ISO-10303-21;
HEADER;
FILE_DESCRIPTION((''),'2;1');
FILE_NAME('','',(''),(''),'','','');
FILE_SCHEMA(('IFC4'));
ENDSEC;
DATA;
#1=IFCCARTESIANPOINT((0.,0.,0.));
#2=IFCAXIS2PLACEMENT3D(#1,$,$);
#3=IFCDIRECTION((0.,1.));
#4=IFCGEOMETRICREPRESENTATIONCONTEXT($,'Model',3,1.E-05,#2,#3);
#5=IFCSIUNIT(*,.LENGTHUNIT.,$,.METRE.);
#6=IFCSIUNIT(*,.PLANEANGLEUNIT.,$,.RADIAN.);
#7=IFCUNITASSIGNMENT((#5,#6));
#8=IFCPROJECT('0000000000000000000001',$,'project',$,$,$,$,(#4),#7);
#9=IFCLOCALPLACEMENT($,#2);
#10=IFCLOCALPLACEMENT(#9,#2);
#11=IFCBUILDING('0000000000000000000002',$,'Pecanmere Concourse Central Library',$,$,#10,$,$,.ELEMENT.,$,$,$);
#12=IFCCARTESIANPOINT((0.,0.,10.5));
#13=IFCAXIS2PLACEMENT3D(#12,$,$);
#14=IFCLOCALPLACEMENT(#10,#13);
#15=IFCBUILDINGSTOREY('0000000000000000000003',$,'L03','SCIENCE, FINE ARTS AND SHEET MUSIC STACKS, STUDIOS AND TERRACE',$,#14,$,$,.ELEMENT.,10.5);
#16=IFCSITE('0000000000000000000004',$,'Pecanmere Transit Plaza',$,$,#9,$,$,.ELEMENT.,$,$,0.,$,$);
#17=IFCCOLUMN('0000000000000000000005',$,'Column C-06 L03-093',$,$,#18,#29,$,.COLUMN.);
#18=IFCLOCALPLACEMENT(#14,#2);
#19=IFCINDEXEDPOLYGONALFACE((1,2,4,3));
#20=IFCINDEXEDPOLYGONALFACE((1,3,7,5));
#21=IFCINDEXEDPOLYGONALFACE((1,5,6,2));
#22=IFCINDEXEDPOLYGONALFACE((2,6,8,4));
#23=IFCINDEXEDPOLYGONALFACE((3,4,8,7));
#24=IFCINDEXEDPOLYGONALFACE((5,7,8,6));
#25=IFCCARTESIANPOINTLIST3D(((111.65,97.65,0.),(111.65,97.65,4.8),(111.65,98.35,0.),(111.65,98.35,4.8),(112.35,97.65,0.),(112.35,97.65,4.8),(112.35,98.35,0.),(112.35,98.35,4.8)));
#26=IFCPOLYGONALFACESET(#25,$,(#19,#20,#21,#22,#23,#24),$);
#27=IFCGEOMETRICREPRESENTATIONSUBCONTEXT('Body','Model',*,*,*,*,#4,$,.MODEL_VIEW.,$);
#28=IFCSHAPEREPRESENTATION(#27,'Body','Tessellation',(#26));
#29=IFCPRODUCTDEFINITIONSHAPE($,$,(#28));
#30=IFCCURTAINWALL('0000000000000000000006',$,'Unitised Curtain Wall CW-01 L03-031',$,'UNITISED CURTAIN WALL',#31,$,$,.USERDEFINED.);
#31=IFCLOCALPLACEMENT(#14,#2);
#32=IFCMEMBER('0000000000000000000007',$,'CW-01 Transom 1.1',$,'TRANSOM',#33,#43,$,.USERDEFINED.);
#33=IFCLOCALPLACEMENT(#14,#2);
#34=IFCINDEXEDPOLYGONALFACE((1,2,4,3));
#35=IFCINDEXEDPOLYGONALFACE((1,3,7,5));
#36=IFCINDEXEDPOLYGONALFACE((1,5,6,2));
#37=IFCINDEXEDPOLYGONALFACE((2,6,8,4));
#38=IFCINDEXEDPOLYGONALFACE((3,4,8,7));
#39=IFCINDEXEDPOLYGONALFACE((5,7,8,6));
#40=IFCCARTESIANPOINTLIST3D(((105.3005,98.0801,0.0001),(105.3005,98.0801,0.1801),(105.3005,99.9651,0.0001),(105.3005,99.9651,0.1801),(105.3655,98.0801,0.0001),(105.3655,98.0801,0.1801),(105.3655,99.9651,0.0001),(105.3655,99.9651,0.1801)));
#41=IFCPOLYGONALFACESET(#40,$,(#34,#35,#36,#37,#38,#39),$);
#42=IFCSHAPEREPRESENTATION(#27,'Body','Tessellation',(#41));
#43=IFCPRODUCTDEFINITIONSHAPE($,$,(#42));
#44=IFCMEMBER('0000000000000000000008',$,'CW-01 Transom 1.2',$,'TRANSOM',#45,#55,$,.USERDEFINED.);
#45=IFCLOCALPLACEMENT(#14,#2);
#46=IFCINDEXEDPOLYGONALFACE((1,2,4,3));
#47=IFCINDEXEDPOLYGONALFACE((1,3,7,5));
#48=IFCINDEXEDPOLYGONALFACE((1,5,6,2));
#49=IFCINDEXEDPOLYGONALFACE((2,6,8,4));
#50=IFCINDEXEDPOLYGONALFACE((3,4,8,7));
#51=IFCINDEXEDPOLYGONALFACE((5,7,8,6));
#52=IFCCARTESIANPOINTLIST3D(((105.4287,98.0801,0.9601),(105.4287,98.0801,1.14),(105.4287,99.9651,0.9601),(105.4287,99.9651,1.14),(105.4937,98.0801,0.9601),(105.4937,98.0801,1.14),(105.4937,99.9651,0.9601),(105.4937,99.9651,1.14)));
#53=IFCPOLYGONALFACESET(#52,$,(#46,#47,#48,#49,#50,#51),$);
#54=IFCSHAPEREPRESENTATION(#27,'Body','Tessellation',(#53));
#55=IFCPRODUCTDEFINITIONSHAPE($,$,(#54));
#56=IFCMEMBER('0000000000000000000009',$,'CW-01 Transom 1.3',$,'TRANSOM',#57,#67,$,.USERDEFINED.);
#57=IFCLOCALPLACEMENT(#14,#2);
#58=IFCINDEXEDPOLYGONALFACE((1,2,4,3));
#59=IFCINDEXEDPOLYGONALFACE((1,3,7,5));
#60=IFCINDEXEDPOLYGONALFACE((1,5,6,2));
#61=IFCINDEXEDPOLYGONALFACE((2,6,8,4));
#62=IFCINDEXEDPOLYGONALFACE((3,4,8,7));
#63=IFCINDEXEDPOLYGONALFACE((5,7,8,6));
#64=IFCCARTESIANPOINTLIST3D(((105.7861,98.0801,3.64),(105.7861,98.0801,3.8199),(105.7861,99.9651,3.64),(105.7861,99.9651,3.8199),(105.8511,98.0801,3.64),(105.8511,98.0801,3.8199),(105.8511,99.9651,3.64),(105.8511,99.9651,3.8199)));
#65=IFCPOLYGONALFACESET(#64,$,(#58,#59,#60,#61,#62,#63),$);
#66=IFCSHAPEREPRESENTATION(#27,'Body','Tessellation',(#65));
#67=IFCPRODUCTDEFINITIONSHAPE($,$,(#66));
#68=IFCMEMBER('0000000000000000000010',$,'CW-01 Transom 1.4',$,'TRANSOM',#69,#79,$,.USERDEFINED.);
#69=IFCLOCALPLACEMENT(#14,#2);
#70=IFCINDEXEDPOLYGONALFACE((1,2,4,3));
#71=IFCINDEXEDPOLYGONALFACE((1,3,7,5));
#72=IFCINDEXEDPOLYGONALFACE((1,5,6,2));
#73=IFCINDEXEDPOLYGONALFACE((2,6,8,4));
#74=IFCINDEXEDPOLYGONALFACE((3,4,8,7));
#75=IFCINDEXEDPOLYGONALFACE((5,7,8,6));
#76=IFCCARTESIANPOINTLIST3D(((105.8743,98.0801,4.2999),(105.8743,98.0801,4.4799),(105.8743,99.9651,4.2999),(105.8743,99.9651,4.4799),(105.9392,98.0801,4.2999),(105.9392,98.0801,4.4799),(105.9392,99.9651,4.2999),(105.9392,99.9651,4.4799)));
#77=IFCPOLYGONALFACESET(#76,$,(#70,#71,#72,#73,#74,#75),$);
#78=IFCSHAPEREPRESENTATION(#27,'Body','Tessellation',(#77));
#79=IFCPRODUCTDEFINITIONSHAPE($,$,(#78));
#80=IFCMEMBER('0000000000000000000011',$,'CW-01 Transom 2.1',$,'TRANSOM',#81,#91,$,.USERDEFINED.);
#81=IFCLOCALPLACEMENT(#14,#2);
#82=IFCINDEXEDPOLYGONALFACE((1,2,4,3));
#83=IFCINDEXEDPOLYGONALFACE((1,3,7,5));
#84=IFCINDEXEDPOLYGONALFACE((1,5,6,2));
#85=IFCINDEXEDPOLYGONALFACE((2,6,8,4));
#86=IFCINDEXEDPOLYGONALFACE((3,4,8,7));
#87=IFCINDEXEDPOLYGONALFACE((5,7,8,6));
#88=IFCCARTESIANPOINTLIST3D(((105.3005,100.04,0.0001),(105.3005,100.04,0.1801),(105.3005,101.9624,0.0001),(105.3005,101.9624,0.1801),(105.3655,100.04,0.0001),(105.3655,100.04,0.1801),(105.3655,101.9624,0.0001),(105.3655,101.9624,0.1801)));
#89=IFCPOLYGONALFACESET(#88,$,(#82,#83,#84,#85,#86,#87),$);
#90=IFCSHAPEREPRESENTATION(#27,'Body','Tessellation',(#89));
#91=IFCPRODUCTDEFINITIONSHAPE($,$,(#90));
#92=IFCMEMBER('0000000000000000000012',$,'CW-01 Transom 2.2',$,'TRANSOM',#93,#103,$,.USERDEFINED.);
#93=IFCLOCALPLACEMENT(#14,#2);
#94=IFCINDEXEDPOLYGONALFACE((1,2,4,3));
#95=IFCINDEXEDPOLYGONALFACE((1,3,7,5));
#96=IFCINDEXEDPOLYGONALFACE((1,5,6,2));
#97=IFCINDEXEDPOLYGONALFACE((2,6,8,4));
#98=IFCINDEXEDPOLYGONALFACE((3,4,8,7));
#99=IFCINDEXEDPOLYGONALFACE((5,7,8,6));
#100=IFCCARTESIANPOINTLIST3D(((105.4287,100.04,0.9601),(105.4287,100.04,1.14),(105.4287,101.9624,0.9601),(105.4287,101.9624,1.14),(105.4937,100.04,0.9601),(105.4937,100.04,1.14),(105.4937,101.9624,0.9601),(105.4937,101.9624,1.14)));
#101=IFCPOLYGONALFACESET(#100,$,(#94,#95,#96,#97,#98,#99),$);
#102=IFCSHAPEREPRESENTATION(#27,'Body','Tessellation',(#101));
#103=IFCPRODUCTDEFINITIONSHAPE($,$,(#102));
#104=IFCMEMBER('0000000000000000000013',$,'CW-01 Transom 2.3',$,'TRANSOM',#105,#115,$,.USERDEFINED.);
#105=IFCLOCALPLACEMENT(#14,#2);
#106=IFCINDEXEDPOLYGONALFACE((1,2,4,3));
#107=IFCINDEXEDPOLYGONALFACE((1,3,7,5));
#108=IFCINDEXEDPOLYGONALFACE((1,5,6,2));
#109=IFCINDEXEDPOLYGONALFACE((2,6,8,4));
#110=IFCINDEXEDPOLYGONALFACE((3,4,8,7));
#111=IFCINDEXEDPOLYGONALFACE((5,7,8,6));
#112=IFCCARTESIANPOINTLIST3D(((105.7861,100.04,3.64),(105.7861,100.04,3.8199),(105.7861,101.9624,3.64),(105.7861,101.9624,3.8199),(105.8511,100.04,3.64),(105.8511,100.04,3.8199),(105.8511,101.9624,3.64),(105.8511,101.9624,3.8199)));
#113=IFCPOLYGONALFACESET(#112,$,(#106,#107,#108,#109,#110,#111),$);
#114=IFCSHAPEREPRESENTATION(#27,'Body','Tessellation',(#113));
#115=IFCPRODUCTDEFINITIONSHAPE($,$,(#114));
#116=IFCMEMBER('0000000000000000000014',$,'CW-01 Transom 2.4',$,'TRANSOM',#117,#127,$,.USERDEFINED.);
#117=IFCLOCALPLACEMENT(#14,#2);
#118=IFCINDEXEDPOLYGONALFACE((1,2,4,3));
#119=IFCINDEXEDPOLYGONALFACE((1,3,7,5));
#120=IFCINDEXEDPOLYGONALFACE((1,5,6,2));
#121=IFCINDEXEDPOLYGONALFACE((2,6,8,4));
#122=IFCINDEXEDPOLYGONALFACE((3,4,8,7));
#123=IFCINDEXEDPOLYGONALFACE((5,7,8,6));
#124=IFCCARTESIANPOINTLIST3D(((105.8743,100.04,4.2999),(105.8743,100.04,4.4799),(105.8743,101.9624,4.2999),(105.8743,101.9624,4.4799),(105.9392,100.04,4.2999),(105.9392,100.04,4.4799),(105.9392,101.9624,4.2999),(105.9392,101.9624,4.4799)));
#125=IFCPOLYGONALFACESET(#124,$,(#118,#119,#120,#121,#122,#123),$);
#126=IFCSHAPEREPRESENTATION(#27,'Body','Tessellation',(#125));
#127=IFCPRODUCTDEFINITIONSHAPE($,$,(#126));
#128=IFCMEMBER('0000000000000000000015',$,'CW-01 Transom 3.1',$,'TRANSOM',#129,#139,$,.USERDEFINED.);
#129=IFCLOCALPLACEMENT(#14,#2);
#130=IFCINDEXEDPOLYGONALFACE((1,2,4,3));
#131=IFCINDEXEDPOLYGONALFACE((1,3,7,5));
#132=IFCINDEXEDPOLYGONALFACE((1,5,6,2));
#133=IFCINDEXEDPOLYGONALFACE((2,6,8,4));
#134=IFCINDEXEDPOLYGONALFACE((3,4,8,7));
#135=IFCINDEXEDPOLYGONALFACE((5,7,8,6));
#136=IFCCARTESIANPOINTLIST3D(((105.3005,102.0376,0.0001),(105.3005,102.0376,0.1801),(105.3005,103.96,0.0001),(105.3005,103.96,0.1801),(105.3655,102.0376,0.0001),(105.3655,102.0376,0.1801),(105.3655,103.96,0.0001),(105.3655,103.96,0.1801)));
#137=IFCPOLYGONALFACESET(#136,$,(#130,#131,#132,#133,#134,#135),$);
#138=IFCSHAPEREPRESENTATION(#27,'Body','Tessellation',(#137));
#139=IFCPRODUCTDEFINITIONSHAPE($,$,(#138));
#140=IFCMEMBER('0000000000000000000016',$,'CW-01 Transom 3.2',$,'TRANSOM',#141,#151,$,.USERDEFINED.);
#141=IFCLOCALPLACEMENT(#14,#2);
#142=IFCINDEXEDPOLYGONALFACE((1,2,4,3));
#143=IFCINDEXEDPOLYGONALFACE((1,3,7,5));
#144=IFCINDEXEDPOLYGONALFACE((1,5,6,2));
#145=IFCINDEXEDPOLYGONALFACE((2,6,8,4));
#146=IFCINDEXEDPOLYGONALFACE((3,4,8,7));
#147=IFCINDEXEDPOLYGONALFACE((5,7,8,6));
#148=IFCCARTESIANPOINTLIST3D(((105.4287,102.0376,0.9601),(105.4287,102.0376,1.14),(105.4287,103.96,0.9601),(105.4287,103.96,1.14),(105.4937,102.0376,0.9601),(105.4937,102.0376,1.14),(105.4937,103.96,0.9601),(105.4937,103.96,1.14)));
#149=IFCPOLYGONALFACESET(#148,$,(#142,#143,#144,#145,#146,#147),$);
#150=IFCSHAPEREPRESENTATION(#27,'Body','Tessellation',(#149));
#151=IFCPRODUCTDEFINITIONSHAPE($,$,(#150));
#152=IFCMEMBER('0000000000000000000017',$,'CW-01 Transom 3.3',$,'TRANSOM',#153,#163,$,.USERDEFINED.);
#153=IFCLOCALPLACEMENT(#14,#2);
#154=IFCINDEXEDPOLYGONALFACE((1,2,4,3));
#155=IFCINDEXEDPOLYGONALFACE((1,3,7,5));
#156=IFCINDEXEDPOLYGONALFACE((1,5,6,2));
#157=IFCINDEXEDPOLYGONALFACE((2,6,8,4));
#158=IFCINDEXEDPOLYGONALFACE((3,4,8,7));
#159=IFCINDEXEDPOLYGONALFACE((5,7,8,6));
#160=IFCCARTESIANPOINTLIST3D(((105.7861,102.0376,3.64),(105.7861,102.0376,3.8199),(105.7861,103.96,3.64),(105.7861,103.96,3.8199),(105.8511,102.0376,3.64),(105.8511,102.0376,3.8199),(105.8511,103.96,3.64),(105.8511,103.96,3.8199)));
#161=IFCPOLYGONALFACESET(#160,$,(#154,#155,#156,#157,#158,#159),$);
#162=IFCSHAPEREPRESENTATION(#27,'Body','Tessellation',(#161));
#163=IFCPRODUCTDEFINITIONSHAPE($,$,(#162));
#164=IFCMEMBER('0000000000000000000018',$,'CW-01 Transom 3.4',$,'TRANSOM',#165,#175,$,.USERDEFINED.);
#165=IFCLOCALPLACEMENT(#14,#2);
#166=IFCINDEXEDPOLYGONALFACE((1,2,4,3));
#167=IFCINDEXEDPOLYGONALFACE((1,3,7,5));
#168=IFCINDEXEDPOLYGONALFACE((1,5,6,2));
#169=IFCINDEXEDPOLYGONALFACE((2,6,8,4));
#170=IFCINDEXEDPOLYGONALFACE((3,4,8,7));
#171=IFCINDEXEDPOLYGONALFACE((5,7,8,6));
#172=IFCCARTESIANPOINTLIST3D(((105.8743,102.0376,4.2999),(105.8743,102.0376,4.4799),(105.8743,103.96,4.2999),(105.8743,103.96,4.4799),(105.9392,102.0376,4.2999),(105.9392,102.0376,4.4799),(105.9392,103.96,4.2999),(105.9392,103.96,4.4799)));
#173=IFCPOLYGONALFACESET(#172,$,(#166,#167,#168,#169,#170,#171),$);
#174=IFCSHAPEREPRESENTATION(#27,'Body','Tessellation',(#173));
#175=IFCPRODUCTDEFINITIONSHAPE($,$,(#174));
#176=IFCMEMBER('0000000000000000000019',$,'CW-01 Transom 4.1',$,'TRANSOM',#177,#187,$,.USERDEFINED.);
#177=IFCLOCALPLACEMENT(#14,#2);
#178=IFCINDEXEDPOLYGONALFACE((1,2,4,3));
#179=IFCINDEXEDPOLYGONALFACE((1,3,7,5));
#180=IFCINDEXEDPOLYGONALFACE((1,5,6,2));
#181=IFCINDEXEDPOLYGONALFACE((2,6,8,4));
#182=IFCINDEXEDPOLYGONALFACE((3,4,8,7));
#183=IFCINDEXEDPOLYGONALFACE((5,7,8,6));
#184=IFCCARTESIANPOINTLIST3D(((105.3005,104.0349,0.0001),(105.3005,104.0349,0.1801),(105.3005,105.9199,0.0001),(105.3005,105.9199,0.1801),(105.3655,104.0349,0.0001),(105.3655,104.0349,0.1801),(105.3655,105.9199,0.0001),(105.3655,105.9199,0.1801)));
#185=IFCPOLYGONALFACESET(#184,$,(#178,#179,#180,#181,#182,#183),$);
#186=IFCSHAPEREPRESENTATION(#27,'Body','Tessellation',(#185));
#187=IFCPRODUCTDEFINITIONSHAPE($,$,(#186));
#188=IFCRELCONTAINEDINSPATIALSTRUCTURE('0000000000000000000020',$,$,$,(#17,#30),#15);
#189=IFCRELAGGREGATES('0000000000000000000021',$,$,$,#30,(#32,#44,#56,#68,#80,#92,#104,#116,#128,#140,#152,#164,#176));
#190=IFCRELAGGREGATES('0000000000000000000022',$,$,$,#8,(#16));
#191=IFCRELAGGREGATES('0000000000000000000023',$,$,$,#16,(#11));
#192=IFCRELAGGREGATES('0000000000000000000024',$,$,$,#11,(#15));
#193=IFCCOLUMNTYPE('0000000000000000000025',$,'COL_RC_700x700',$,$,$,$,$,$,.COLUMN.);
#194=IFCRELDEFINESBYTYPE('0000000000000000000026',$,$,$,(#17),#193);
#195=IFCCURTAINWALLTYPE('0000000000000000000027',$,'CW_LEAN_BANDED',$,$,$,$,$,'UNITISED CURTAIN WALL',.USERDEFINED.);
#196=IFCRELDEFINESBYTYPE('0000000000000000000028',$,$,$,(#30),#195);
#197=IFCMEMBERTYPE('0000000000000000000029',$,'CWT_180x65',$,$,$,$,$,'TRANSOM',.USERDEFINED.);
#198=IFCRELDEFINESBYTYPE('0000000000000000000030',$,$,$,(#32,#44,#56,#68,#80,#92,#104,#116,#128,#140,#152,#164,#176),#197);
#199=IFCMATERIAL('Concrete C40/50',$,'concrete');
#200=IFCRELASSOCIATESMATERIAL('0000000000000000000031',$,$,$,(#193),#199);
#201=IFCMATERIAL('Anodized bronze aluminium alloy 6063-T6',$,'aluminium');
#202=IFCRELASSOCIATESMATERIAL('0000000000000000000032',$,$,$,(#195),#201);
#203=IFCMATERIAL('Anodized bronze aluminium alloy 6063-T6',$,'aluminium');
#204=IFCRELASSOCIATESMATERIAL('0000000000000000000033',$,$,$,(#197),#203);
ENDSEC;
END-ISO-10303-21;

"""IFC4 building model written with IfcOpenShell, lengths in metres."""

from ifc_helpers import new_model, si_unit, direction, frame, origin, origin_2d, place, context, subcontext, project, spatial, rectangle, extrude, material, material_profile, profile_set, type_object, element, aggregate, save


model = new_model("IFC4")

# Units and contexts
model_context = context("Model", 3, precision=1e-05, world=origin(), true_north=direction((0.0, 1.0)))
body_context = subcontext(model_context, "Body", "Model", "MODEL_VIEW")
ifc_project = project(units=[si_unit("LENGTHUNIT", "METRE"), si_unit("PLANEANGLEUNIT", "RADIAN")], contexts=[model_context])

# Site, building, storey
site_placement = place(None, origin())
site = spatial("IfcSite", under=ifc_project, at=site_placement, Name="Pecanmere Transit Plaza", CompositionType="ELEMENT", RefElevation=0.0)
building_placement = place(site_placement, origin())
building = spatial("IfcBuilding", under=site, at=building_placement, Name="Pecanmere Concourse Central Library", CompositionType="ELEMENT")
storey_placement = place(building_placement, frame((0.0, 0.0, 10.5)))
storey = spatial("IfcBuildingStorey", under=building, at=storey_placement, Name="L03", Description="SCIENCE, FINE ARTS AND SHEET MUSIC STACKS, STUDIOS AND TERRACE", CompositionType="ELEMENT", Elevation=10.5)

# Column
ifc_material_1 = material(Name="Concrete C40/50", Category="concrete")
ifc_material_profile_1 = material_profile(ifc_material_1, rectangle(XDim=0.7, YDim=0.7, at=origin_2d()), Name="RC 700x700")
ifc_profile_set_1 = profile_set([ifc_material_profile_1], Name="Concrete C40/50")
column_type = type_object("IfcColumnType", Name="COL_RC_700x700", PredefinedType="COLUMN", material=ifc_profile_set_1)
column_placement = place(storey_placement, frame((112.0, 98.0, 0.0), z_axis=(0.0, 0.0, 1.0), x_axis=(1.0, 0.0, 0.0)))
element("IfcColumn", 1, at=column_placement, inside=storey, type_object=column_type, Name="Column C-06 L03-093", PredefinedType="COLUMN", context=body_context, shape_type="SweptSolid", body=[
    extrude(rectangle(XDim=0.7, YDim=0.7, at=origin_2d()), origin(), (0.0, 0.0, 1.0), 4.8),
])

# Curtain wall, members
ifc_material_2 = material(Name="Anodized bronze aluminium alloy 6063-T6", Category="aluminium")
curtain_wall_type = type_object("IfcCurtainWallType", Name="CW_LEAN_BANDED", ElementType="UNITISED CURTAIN WALL", PredefinedType="USERDEFINED", material=ifc_material_2)
curtain_wall_placement = place(storey_placement, origin())
curtain_wall = element("IfcCurtainWall", 2, at=curtain_wall_placement, inside=storey, type_object=curtain_wall_type, Name="Unitised Curtain Wall CW-01 L03-031", ObjectType="UNITISED CURTAIN WALL", PredefinedType="USERDEFINED")
ifc_material_3 = material(Name="Anodized bronze aluminium alloy 6063-T6", Category="aluminium")
ifc_material_profile_2 = material_profile(ifc_material_3, rectangle(XDim=0.0649, YDim=0.1799, at=origin_2d()), Name="AL 65x180")
ifc_profile_set_2 = profile_set([ifc_material_profile_2], Name="Anodized bronze aluminium alloy 6063-T6")
member_type = type_object("IfcMemberType", Name="CWT_180x65", ElementType="TRANSOM", PredefinedType="USERDEFINED", material=ifc_profile_set_2)
member_1_placement = place(storey_placement, frame((105.333, 98.0801, 0.0901), z_axis=(0.0, 1.0, 0.0), x_axis=(-1.0, 0.0, 0.0)))
member_1 = element("IfcMember", 3, at=member_1_placement, type_object=member_type, Name="CW-01 Transom 1.1", ObjectType="TRANSOM", PredefinedType="USERDEFINED", context=body_context, shape_type="SweptSolid", body=[
    extrude(rectangle(XDim=0.0649, YDim=0.1799, at=origin_2d()), origin(), (0.0, 0.0, 1.0), 1.885),
])
member_2_placement = place(storey_placement, frame((105.4612, 98.0801, 1.05), z_axis=(0.0, 1.0, 0.0), x_axis=(-1.0, 0.0, 0.0)))
member_2 = element("IfcMember", 4, at=member_2_placement, type_object=member_type, Name="CW-01 Transom 1.2", ObjectType="TRANSOM", PredefinedType="USERDEFINED", context=body_context, shape_type="SweptSolid", body=[
    extrude(rectangle(XDim=0.0649, YDim=0.1799, at=origin_2d()), origin(), (0.0, 0.0, 1.0), 1.885),
])
member_3_placement = place(storey_placement, frame((105.8186, 98.0801, 3.73), z_axis=(0.0, 1.0, 0.0), x_axis=(-1.0, 0.0, 0.0)))
member_3 = element("IfcMember", 5, at=member_3_placement, type_object=member_type, Name="CW-01 Transom 1.3", ObjectType="TRANSOM", PredefinedType="USERDEFINED", context=body_context, shape_type="SweptSolid", body=[
    extrude(rectangle(XDim=0.0649, YDim=0.1799, at=origin_2d()), origin(), (0.0, 0.0, 1.0), 1.885),
])
member_4_placement = place(storey_placement, frame((105.9067, 98.0801, 4.3899), z_axis=(0.0, 1.0, 0.0), x_axis=(-1.0, 0.0, 0.0)))
member_4 = element("IfcMember", 6, at=member_4_placement, type_object=member_type, Name="CW-01 Transom 1.4", ObjectType="TRANSOM", PredefinedType="USERDEFINED", context=body_context, shape_type="SweptSolid", body=[
    extrude(rectangle(XDim=0.0649, YDim=0.1799, at=origin_2d()), origin(), (0.0, 0.0, 1.0), 1.885),
])
member_5_placement = place(storey_placement, frame((105.333, 100.04, 0.0901), z_axis=(0.0, 1.0, 0.0), x_axis=(-1.0, 0.0, 0.0)))
member_5 = element("IfcMember", 7, at=member_5_placement, type_object=member_type, Name="CW-01 Transom 2.1", ObjectType="TRANSOM", PredefinedType="USERDEFINED", context=body_context, shape_type="SweptSolid", body=[
    extrude(rectangle(XDim=0.0649, YDim=0.1799, at=origin_2d()), origin(), (0.0, 0.0, 1.0), 1.9224),
])
member_6_placement = place(storey_placement, frame((105.4612, 100.04, 1.05), z_axis=(0.0, 1.0, 0.0), x_axis=(-1.0, 0.0, 0.0)))
member_6 = element("IfcMember", 8, at=member_6_placement, type_object=member_type, Name="CW-01 Transom 2.2", ObjectType="TRANSOM", PredefinedType="USERDEFINED", context=body_context, shape_type="SweptSolid", body=[
    extrude(rectangle(XDim=0.0649, YDim=0.1799, at=origin_2d()), origin(), (0.0, 0.0, 1.0), 1.9224),
])
member_7_placement = place(storey_placement, frame((105.8186, 100.04, 3.73), z_axis=(0.0, 1.0, 0.0), x_axis=(-1.0, 0.0, 0.0)))
member_7 = element("IfcMember", 9, at=member_7_placement, type_object=member_type, Name="CW-01 Transom 2.3", ObjectType="TRANSOM", PredefinedType="USERDEFINED", context=body_context, shape_type="SweptSolid", body=[
    extrude(rectangle(XDim=0.0649, YDim=0.1799, at=origin_2d()), origin(), (0.0, 0.0, 1.0), 1.9224),
])
member_8_placement = place(storey_placement, frame((105.9067, 100.04, 4.3899), z_axis=(0.0, 1.0, 0.0), x_axis=(-1.0, 0.0, 0.0)))
member_8 = element("IfcMember", 10, at=member_8_placement, type_object=member_type, Name="CW-01 Transom 2.4", ObjectType="TRANSOM", PredefinedType="USERDEFINED", context=body_context, shape_type="SweptSolid", body=[
    extrude(rectangle(XDim=0.0649, YDim=0.1799, at=origin_2d()), origin(), (0.0, 0.0, 1.0), 1.9224),
])
member_9_placement = place(storey_placement, frame((105.333, 102.0376, 0.0901), z_axis=(0.0, 1.0, 0.0), x_axis=(-1.0, 0.0, 0.0)))
member_9 = element("IfcMember", 11, at=member_9_placement, type_object=member_type, Name="CW-01 Transom 3.1", ObjectType="TRANSOM", PredefinedType="USERDEFINED", context=body_context, shape_type="SweptSolid", body=[
    extrude(rectangle(XDim=0.0649, YDim=0.1799, at=origin_2d()), origin(), (0.0, 0.0, 1.0), 1.9224),
])
member_10_placement = place(storey_placement, frame((105.4612, 102.0376, 1.05), z_axis=(0.0, 1.0, 0.0), x_axis=(-1.0, 0.0, 0.0)))
member_10 = element("IfcMember", 12, at=member_10_placement, type_object=member_type, Name="CW-01 Transom 3.2", ObjectType="TRANSOM", PredefinedType="USERDEFINED", context=body_context, shape_type="SweptSolid", body=[
    extrude(rectangle(XDim=0.0649, YDim=0.1799, at=origin_2d()), origin(), (0.0, 0.0, 1.0), 1.9224),
])
member_11_placement = place(storey_placement, frame((105.8186, 102.0376, 3.73), z_axis=(0.0, 1.0, 0.0), x_axis=(-1.0, 0.0, 0.0)))
member_11 = element("IfcMember", 13, at=member_11_placement, type_object=member_type, Name="CW-01 Transom 3.3", ObjectType="TRANSOM", PredefinedType="USERDEFINED", context=body_context, shape_type="SweptSolid", body=[
    extrude(rectangle(XDim=0.0649, YDim=0.1799, at=origin_2d()), origin(), (0.0, 0.0, 1.0), 1.9224),
])
member_12_placement = place(storey_placement, frame((105.9067, 102.0376, 4.3899), z_axis=(0.0, 1.0, 0.0), x_axis=(-1.0, 0.0, 0.0)))
member_12 = element("IfcMember", 14, at=member_12_placement, type_object=member_type, Name="CW-01 Transom 3.4", ObjectType="TRANSOM", PredefinedType="USERDEFINED", context=body_context, shape_type="SweptSolid", body=[
    extrude(rectangle(XDim=0.0649, YDim=0.1799, at=origin_2d()), origin(), (0.0, 0.0, 1.0), 1.9224),
])
member_13_placement = place(storey_placement, frame((105.333, 104.0349, 0.0901), z_axis=(0.0, 1.0, 0.0), x_axis=(-1.0, 0.0, 0.0)))
member_13 = element("IfcMember", 15, at=member_13_placement, type_object=member_type, Name="CW-01 Transom 4.1", ObjectType="TRANSOM", PredefinedType="USERDEFINED", context=body_context, shape_type="SweptSolid", body=[
    extrude(rectangle(XDim=0.0649, YDim=0.1799, at=origin_2d()), origin(), (0.0, 0.0, 1.0), 1.885),
])

aggregate(curtain_wall, [member_1, member_2, member_3, member_4, member_5, member_6, member_7, member_8, member_9, member_10, member_11, member_12, member_13])

save(model, "model.ifc")
